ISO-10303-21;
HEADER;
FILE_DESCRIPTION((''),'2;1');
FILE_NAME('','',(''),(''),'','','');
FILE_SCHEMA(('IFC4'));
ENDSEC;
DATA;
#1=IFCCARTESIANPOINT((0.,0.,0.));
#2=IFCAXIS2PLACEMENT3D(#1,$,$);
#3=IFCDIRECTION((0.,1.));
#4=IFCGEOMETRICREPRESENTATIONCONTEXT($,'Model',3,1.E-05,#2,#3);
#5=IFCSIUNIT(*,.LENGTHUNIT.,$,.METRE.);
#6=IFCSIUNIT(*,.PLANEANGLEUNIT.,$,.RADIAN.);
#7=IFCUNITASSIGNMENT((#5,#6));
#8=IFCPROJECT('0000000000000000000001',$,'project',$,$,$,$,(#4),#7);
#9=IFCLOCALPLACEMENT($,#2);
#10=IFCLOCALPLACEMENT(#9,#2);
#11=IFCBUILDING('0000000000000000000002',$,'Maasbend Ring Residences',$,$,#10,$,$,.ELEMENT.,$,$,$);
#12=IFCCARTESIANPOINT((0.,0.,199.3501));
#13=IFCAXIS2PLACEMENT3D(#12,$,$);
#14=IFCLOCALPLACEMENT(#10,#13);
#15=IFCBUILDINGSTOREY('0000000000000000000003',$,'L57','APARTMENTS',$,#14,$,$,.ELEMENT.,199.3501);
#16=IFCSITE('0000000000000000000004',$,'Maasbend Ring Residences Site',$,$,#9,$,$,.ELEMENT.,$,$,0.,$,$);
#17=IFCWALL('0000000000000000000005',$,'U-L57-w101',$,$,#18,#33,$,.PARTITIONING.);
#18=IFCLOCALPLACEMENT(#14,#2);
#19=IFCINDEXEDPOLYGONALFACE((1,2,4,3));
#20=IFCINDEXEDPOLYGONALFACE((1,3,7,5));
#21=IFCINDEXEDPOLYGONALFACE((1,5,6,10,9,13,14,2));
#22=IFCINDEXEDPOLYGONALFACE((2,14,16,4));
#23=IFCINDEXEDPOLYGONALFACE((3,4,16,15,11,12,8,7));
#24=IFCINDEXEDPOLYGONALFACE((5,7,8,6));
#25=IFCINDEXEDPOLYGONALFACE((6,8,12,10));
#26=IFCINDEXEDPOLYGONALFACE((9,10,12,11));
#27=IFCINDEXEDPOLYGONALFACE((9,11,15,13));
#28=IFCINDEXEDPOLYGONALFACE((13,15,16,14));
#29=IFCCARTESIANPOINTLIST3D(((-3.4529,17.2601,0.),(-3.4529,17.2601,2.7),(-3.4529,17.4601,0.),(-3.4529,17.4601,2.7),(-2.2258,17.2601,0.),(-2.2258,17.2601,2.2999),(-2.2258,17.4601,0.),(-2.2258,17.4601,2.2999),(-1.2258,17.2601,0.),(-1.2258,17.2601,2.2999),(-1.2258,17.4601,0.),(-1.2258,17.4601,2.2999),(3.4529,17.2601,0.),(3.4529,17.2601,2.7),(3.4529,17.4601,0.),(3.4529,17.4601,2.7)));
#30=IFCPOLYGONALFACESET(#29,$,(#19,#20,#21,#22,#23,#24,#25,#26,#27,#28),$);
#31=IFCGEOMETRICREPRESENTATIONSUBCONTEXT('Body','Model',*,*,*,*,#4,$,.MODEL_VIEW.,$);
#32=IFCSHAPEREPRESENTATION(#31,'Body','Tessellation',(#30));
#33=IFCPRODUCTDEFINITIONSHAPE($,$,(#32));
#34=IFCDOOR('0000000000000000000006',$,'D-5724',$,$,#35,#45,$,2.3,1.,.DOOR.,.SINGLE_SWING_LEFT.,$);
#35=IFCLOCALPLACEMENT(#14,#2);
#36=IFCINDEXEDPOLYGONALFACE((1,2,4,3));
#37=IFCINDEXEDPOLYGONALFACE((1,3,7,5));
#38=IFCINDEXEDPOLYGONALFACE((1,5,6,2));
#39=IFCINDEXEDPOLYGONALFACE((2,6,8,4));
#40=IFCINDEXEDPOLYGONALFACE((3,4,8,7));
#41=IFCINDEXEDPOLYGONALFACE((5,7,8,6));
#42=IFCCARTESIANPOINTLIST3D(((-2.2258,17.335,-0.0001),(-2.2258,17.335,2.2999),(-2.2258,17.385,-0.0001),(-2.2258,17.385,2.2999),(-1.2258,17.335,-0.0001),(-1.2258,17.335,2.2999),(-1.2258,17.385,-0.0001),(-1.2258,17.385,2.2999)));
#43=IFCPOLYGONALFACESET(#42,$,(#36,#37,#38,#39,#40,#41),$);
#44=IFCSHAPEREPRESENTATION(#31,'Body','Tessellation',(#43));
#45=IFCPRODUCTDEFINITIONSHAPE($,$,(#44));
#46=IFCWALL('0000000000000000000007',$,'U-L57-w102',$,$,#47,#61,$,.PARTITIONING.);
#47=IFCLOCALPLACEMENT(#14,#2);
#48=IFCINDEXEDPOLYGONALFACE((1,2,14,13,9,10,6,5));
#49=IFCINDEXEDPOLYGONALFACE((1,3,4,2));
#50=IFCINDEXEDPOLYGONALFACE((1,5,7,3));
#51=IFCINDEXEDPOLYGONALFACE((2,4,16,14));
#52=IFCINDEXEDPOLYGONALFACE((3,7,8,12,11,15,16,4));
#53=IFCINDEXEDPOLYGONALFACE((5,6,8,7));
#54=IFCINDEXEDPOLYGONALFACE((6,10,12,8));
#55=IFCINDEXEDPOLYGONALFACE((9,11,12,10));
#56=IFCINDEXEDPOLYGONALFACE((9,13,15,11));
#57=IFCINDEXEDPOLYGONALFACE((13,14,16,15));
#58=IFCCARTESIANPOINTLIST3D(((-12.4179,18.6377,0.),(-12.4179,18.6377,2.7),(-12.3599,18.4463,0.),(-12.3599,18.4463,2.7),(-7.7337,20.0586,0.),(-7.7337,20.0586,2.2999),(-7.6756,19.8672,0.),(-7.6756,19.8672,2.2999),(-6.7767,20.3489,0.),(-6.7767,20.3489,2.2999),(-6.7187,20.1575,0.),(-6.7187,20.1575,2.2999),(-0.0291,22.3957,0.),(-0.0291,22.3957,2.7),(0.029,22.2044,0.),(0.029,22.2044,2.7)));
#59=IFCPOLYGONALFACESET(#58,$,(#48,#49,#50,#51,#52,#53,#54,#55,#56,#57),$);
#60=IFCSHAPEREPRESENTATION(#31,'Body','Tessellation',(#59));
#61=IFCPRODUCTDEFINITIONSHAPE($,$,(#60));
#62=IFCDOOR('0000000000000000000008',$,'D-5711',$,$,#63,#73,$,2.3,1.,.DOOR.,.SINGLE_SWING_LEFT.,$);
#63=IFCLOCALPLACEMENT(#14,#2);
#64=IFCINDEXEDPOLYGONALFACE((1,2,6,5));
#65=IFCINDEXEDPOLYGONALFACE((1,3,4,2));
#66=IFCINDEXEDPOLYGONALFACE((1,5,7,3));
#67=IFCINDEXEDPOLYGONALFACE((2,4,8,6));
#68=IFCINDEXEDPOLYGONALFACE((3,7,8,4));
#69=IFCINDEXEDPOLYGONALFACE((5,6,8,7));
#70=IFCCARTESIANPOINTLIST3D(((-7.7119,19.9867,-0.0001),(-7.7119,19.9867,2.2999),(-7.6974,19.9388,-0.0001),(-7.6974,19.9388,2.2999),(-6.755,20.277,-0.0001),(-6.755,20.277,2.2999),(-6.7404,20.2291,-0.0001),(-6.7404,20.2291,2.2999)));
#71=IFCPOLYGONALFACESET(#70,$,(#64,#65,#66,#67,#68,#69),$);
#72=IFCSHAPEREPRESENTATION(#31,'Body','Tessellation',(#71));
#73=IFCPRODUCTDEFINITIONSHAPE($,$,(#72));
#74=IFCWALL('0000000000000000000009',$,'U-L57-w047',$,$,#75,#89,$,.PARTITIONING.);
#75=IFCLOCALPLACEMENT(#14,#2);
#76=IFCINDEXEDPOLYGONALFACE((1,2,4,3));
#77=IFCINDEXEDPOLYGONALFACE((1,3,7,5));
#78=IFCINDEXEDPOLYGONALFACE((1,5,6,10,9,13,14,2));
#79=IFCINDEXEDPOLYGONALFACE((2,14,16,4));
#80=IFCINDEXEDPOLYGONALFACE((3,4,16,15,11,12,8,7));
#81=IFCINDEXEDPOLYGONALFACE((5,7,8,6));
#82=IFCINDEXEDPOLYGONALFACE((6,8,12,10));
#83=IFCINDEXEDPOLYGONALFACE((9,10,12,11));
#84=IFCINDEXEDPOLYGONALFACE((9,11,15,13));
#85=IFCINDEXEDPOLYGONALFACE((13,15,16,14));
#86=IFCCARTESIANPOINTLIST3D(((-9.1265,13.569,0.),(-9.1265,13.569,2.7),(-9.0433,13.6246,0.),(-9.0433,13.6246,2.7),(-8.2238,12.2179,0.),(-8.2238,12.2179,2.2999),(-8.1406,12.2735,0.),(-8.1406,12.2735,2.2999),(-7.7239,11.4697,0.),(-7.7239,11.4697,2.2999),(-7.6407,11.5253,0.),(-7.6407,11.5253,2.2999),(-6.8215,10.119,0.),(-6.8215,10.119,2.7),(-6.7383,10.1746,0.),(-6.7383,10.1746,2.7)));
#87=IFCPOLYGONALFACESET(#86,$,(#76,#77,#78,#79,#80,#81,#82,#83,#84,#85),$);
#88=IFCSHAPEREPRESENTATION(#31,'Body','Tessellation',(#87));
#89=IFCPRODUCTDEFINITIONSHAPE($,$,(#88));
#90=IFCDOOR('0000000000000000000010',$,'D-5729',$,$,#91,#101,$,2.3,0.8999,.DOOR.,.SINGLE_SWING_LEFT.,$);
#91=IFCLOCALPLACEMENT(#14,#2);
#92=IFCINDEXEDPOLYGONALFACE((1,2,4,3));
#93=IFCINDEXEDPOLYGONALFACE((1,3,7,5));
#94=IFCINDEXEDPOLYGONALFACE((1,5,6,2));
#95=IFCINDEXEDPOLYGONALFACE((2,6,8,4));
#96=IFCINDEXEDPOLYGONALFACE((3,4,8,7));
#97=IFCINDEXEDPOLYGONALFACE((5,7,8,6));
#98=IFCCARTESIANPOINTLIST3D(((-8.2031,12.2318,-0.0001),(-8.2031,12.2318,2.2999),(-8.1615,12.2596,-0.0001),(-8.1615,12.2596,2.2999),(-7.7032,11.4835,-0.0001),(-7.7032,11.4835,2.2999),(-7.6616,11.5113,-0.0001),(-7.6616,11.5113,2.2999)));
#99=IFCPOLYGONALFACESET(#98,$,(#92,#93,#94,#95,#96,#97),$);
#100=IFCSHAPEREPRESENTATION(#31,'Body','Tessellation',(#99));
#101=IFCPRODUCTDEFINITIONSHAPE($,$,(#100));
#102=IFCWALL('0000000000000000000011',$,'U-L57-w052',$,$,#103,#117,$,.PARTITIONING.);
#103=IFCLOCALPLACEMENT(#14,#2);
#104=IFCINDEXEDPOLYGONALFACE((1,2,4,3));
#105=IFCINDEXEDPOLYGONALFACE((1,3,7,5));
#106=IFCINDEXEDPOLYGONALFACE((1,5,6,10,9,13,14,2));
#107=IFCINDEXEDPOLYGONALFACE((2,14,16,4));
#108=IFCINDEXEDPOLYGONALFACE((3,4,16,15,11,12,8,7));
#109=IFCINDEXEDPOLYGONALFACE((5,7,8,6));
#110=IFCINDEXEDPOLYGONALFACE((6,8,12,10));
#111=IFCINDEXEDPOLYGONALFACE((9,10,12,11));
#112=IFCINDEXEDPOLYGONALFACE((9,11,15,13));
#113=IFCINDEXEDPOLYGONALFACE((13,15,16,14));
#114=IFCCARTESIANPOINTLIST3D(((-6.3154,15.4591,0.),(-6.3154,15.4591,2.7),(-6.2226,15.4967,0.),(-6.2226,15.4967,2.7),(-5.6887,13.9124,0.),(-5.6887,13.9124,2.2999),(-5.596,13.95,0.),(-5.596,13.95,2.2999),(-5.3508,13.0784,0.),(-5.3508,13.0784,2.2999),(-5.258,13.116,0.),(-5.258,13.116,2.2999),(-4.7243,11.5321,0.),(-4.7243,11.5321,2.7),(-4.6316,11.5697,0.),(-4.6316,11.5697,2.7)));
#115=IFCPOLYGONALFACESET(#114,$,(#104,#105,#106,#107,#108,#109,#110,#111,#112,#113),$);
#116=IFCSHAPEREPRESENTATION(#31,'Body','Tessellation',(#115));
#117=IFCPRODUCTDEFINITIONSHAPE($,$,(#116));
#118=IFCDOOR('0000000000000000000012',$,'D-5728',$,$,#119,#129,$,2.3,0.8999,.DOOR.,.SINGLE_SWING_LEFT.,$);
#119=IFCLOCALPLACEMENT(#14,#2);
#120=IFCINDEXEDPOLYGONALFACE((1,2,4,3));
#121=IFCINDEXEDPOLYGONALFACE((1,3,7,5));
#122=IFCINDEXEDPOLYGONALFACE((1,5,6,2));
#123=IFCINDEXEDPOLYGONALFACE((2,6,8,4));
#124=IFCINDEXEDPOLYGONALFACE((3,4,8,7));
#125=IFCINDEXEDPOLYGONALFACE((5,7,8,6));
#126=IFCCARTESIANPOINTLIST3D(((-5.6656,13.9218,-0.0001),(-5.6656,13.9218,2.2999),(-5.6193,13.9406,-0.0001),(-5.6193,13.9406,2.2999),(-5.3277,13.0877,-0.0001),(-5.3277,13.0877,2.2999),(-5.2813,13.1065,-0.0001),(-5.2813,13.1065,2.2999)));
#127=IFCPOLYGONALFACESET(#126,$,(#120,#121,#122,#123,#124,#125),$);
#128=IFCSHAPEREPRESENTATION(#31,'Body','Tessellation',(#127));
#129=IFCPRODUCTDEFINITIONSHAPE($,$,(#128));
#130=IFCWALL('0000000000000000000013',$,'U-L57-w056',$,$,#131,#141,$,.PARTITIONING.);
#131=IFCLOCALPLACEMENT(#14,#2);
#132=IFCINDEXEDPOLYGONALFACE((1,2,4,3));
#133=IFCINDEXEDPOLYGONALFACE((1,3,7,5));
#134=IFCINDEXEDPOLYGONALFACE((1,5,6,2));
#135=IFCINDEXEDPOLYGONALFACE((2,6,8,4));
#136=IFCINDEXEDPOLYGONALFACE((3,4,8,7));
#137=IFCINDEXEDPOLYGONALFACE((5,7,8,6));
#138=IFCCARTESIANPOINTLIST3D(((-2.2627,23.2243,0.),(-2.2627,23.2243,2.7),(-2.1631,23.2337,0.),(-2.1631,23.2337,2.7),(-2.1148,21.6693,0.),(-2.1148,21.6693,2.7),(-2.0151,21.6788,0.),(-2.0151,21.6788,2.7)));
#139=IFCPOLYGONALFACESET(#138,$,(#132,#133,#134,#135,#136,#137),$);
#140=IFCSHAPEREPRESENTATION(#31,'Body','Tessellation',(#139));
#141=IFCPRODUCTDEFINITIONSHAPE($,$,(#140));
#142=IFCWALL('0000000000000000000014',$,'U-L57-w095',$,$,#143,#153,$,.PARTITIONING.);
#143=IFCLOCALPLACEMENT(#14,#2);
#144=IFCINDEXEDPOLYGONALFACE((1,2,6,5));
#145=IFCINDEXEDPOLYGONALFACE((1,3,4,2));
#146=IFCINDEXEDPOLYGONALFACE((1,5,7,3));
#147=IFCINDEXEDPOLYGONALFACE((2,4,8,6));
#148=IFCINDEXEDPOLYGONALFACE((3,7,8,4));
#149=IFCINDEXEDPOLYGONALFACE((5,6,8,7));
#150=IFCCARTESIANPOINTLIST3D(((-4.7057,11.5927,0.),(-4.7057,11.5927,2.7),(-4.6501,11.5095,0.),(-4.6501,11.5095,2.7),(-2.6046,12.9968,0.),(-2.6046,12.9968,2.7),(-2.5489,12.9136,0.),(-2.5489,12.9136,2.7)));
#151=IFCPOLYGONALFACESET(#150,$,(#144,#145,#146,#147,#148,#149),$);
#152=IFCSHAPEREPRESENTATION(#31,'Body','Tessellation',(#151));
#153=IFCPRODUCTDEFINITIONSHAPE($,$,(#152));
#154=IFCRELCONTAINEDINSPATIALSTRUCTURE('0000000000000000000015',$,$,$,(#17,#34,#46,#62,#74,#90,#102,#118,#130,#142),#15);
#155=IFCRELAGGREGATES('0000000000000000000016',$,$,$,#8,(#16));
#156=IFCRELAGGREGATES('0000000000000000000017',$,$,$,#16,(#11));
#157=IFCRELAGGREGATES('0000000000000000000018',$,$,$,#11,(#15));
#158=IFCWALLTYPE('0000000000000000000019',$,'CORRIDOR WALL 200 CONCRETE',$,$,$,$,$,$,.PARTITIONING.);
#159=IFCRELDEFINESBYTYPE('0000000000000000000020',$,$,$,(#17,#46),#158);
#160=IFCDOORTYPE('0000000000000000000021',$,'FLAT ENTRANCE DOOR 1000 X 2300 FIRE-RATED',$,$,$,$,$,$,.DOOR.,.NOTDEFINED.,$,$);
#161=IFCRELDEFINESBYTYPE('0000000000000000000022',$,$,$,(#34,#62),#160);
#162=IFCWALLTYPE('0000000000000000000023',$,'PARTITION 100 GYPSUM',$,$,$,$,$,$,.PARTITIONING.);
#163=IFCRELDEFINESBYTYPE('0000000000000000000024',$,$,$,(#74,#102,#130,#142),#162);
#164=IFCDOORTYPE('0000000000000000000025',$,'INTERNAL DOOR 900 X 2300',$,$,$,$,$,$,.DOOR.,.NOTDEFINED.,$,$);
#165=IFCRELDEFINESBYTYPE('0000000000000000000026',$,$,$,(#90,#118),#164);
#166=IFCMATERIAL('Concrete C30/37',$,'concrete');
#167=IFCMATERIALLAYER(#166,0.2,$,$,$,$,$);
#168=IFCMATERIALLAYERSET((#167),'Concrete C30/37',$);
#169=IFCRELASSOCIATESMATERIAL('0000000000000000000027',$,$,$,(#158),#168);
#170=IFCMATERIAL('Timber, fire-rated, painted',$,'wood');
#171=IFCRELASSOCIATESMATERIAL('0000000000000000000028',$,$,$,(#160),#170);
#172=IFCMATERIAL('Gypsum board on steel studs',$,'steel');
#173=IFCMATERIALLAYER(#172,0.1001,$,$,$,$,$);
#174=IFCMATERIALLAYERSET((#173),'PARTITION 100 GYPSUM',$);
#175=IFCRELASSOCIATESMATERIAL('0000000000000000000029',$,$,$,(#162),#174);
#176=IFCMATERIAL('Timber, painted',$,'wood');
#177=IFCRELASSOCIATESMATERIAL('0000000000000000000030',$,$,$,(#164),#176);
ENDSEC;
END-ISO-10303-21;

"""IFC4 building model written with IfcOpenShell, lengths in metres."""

from ifc_helpers import new_model, si_unit, direction, frame, frame_2d, origin, place, context, subcontext, project, spatial, rectangle, extrude, material, layer, layer_set, type_object, element, fill, save


model = new_model("IFC4")

# Units and contexts
model_context = context("Model", 3, precision=1e-05, world=origin(), true_north=direction((0.0, 1.0)))
body_context = subcontext(model_context, "Body", "Model", "MODEL_VIEW")
ifc_project = project(units=[si_unit("LENGTHUNIT", "METRE"), si_unit("PLANEANGLEUNIT", "RADIAN")], contexts=[model_context])

# Site, building, storey
site_placement = place(None, origin())
site = spatial("IfcSite", under=ifc_project, at=site_placement, Name="Maasbend Ring Residences Site", CompositionType="ELEMENT", RefElevation=0.0)
building_placement = place(site_placement, origin())
building = spatial("IfcBuilding", under=site, at=building_placement, Name="Maasbend Ring Residences", CompositionType="ELEMENT")
storey_placement = place(building_placement, frame((0.0, 0.0, 199.3501)))
storey = spatial("IfcBuildingStorey", under=building, at=storey_placement, Name="L57", Description="APARTMENTS", CompositionType="ELEMENT", Elevation=199.3501)

# Walls, openings, doors
ifc_material_1 = material(Name="Concrete C30/37", Category="concrete")
ifc_layer_1 = layer(ifc_material_1, 0.2)
ifc_layer_set_1 = layer_set([ifc_layer_1], Name="Concrete C30/37")
wall_type_1 = type_object("IfcWallType", Name="CORRIDOR WALL 200 CONCRETE", PredefinedType="PARTITIONING", material=ifc_layer_set_1)
wall_1_placement = place(storey_placement, frame((-3.4529, 17.3601, 0.0), z_axis=(0.0, 0.0, 1.0), x_axis=(1.0, 0.0, 0.0)))
wall_1 = element("IfcWall", 1, at=wall_1_placement, inside=storey, type_object=wall_type_1, Name="U-L57-w101", PredefinedType="PARTITIONING", context=body_context, shape_type="SweptSolid", body=[
    extrude(rectangle(XDim=6.9058, YDim=0.2, at=frame_2d((3.4529, 0.0))), origin(), (0.0, 0.0, 1.0), 2.7),
])
opening_1_placement = place(wall_1_placement, frame((1.2271, 0.0, 0.0)))
opening_1 = element("IfcOpeningElement", 2, at=opening_1_placement, cuts=wall_1, PredefinedType="OPENING", context=body_context, shape_type="SweptSolid", body=[
    extrude(rectangle(XDim=1.0, YDim=2.3, at=frame_2d((0.5, 1.1499))), frame((0.0, 0.1099, 0.0), z_axis=(0.0, -1.0, 0.0), x_axis=(1.0, 0.0, 0.0)), (0.0, 0.0, 1.0), 0.22),
])
ifc_material_2 = material(Name="Timber, fire-rated, painted", Category="wood")
door_type_1 = type_object("IfcDoorType", Name="FLAT ENTRANCE DOOR 1000 X 2300 FIRE-RATED", OperationType="NOTDEFINED", PredefinedType="DOOR", material=ifc_material_2)
door_1_placement = place(opening_1_placement, origin())
door_1 = element("IfcDoor", 3, at=door_1_placement, inside=storey, type_object=door_type_1, Name="D-5724", OperationType="SINGLE_SWING_LEFT", OverallHeight=2.3, OverallWidth=1.0, PredefinedType="DOOR", context=body_context, shape_type="SweptSolid", body=[
    extrude(rectangle(XDim=1.0, YDim=2.3, at=frame_2d((0.5, 1.1499))), frame((0.0, 0.0249, 0.0), z_axis=(0.0, -1.0, 0.0), x_axis=(1.0, 0.0, 0.0)), (0.0, 0.0, 1.0), 0.05),
])
fill(opening_1, door_1)
wall_2_placement = place(storey_placement, frame((-12.3889, 18.542, 0.0), z_axis=(0.0, 0.0, 1.0), x_axis=(0.956942, 0.290279, 0.0)))
wall_2 = element("IfcWall", 4, at=wall_2_placement, inside=storey, type_object=wall_type_1, Name="U-L57-w102", PredefinedType="PARTITIONING", context=body_context, shape_type="SweptSolid", body=[
    extrude(rectangle(XDim=12.9463, YDim=0.2, at=frame_2d((6.4731, 0.0))), origin(), (0.0, 0.0, 1.0), 2.7),
])
opening_2_placement = place(wall_2_placement, frame((4.895, 0.0, 0.0)))
opening_2 = element("IfcOpeningElement", 5, at=opening_2_placement, cuts=wall_2, PredefinedType="OPENING", context=body_context, shape_type="SweptSolid", body=[
    extrude(rectangle(XDim=1.0, YDim=2.3, at=frame_2d((0.5, 1.1499))), frame((0.0, 0.1099, 0.0), z_axis=(0.0, -1.0, 0.0), x_axis=(1.0, 0.0, 0.0)), (0.0, 0.0, 1.0), 0.22),
])
door_2_placement = place(opening_2_placement, origin())
door_2 = element("IfcDoor", 6, at=door_2_placement, inside=storey, type_object=door_type_1, Name="D-5711", OperationType="SINGLE_SWING_LEFT", OverallHeight=2.3, OverallWidth=1.0, PredefinedType="DOOR", context=body_context, shape_type="SweptSolid", body=[
    extrude(rectangle(XDim=1.0, YDim=2.3, at=frame_2d((0.5, 1.1499))), frame((0.0, 0.0249, 0.0), z_axis=(0.0, -1.0, 0.0), x_axis=(1.0, 0.0, 0.0)), (0.0, 0.0, 1.0), 0.05),
])
fill(opening_2, door_2)
ifc_material_3 = material(Name="Gypsum board on steel studs", Category="steel")
ifc_layer_2 = layer(ifc_material_3, 0.1001)
ifc_layer_set_2 = layer_set([ifc_layer_2], Name="PARTITION 100 GYPSUM")
wall_type_2 = type_object("IfcWallType", Name="PARTITION 100 GYPSUM", PredefinedType="PARTITIONING", material=ifc_layer_set_2)
wall_3_placement = place(storey_placement, frame((-9.085, 13.5969, 0.0), z_axis=(0.0, 0.0, 1.0), x_axis=(0.555528, -0.831498, 0.0)))
wall_3 = element("IfcWall", 7, at=wall_3_placement, inside=storey, type_object=wall_type_2, Name="U-L57-w047", PredefinedType="PARTITIONING", context=body_context, shape_type="SweptSolid", body=[
    extrude(rectangle(XDim=4.1492, YDim=0.1001, at=frame_2d((2.0747, 0.0))), origin(), (0.0, 0.0, 1.0), 2.7),
])
opening_3_placement = place(wall_3_placement, frame((1.625, 0.0, 0.0)))
opening_3 = element("IfcOpeningElement", 8, at=opening_3_placement, cuts=wall_3, PredefinedType="OPENING", context=body_context, shape_type="SweptSolid", body=[
    extrude(rectangle(XDim=0.8999, YDim=2.3, at=frame_2d((0.45, 1.1499))), frame((0.0, 0.0601, 0.0), z_axis=(0.0, -1.0, 0.0), x_axis=(1.0, 0.0, 0.0)), (0.0, 0.0, 1.0), 0.1201),
])
ifc_material_4 = material(Name="Timber, painted", Category="wood")
door_type_2 = type_object("IfcDoorType", Name="INTERNAL DOOR 900 X 2300", OperationType="NOTDEFINED", PredefinedType="DOOR", material=ifc_material_4)
door_3_placement = place(opening_3_placement, origin())
door_3 = element("IfcDoor", 9, at=door_3_placement, inside=storey, type_object=door_type_2, Name="D-5729", OperationType="SINGLE_SWING_LEFT", OverallHeight=2.3, OverallWidth=0.8999, PredefinedType="DOOR", context=body_context, shape_type="SweptSolid", body=[
    extrude(rectangle(XDim=0.8999, YDim=2.3, at=frame_2d((0.45, 1.1499))), frame((0.0, 0.0249, 0.0), z_axis=(0.0, -1.0, 0.0), x_axis=(1.0, 0.0, 0.0)), (0.0, 0.0, 1.0), 0.05),
])
fill(opening_3, door_3)
wall_4_placement = place(storey_placement, frame((-6.269, 15.478, 0.0), z_axis=(0.0, 0.0, 1.0), x_axis=(0.37551, -0.926818, 0.0)))
wall_4 = element("IfcWall", 10, at=wall_4_placement, inside=storey, type_object=wall_type_2, Name="U-L57-w052", PredefinedType="PARTITIONING", context=body_context, shape_type="SweptSolid", body=[
    extrude(rectangle(XDim=4.2371, YDim=0.1001, at=frame_2d((2.1187, 0.0))), origin(), (0.0, 0.0, 1.0), 2.7),
])
opening_4_placement = place(wall_4_placement, frame((1.6689, 0.0, 0.0)))
opening_4 = element("IfcOpeningElement", 11, at=opening_4_placement, cuts=wall_4, PredefinedType="OPENING", context=body_context, shape_type="SweptSolid", body=[
    extrude(rectangle(XDim=0.8999, YDim=2.3, at=frame_2d((0.45, 1.1499))), frame((0.0, 0.0601, 0.0), z_axis=(0.0, -1.0, 0.0), x_axis=(1.0, 0.0, 0.0)), (0.0, 0.0, 1.0), 0.1201),
])
door_4_placement = place(opening_4_placement, origin())
door_4 = element("IfcDoor", 12, at=door_4_placement, inside=storey, type_object=door_type_2, Name="D-5728", OperationType="SINGLE_SWING_LEFT", OverallHeight=2.3, OverallWidth=0.8999, PredefinedType="DOOR", context=body_context, shape_type="SweptSolid", body=[
    extrude(rectangle(XDim=0.8999, YDim=2.3, at=frame_2d((0.45, 1.1499))), frame((0.0, 0.0249, 0.0), z_axis=(0.0, -1.0, 0.0), x_axis=(1.0, 0.0, 0.0)), (0.0, 0.0, 1.0), 0.05),
])
fill(opening_4, door_4)

# Walls
wall_5_placement = place(storey_placement, frame((-2.2129, 23.229, 0.0), z_axis=(0.0, 0.0, 1.0), x_axis=(0.094721, -0.995504, 0.0)))
element("IfcWall", 13, at=wall_5_placement, inside=storey, type_object=wall_type_2, Name="U-L57-w056", PredefinedType="PARTITIONING", context=body_context, shape_type="SweptSolid", body=[
    extrude(rectangle(XDim=1.562, YDim=0.1001, at=frame_2d((0.781, 0.0))), origin(), (0.0, 0.0, 1.0), 2.7),
])
wall_6_placement = place(storey_placement, frame((-4.678, 11.551, 0.0), z_axis=(0.0, 0.0, 1.0), x_axis=(0.83144, 0.555614, 0.0)))
element("IfcWall", 14, at=wall_6_placement, inside=storey, type_object=wall_type_2, Name="U-L57-w095", PredefinedType="PARTITIONING", context=body_context, shape_type="SweptSolid", body=[
    extrude(rectangle(XDim=2.5271, YDim=0.1001, at=frame_2d((1.2637, 0.0))), origin(), (0.0, 0.0, 1.0), 2.7),
])

save(model, "model.ifc")
